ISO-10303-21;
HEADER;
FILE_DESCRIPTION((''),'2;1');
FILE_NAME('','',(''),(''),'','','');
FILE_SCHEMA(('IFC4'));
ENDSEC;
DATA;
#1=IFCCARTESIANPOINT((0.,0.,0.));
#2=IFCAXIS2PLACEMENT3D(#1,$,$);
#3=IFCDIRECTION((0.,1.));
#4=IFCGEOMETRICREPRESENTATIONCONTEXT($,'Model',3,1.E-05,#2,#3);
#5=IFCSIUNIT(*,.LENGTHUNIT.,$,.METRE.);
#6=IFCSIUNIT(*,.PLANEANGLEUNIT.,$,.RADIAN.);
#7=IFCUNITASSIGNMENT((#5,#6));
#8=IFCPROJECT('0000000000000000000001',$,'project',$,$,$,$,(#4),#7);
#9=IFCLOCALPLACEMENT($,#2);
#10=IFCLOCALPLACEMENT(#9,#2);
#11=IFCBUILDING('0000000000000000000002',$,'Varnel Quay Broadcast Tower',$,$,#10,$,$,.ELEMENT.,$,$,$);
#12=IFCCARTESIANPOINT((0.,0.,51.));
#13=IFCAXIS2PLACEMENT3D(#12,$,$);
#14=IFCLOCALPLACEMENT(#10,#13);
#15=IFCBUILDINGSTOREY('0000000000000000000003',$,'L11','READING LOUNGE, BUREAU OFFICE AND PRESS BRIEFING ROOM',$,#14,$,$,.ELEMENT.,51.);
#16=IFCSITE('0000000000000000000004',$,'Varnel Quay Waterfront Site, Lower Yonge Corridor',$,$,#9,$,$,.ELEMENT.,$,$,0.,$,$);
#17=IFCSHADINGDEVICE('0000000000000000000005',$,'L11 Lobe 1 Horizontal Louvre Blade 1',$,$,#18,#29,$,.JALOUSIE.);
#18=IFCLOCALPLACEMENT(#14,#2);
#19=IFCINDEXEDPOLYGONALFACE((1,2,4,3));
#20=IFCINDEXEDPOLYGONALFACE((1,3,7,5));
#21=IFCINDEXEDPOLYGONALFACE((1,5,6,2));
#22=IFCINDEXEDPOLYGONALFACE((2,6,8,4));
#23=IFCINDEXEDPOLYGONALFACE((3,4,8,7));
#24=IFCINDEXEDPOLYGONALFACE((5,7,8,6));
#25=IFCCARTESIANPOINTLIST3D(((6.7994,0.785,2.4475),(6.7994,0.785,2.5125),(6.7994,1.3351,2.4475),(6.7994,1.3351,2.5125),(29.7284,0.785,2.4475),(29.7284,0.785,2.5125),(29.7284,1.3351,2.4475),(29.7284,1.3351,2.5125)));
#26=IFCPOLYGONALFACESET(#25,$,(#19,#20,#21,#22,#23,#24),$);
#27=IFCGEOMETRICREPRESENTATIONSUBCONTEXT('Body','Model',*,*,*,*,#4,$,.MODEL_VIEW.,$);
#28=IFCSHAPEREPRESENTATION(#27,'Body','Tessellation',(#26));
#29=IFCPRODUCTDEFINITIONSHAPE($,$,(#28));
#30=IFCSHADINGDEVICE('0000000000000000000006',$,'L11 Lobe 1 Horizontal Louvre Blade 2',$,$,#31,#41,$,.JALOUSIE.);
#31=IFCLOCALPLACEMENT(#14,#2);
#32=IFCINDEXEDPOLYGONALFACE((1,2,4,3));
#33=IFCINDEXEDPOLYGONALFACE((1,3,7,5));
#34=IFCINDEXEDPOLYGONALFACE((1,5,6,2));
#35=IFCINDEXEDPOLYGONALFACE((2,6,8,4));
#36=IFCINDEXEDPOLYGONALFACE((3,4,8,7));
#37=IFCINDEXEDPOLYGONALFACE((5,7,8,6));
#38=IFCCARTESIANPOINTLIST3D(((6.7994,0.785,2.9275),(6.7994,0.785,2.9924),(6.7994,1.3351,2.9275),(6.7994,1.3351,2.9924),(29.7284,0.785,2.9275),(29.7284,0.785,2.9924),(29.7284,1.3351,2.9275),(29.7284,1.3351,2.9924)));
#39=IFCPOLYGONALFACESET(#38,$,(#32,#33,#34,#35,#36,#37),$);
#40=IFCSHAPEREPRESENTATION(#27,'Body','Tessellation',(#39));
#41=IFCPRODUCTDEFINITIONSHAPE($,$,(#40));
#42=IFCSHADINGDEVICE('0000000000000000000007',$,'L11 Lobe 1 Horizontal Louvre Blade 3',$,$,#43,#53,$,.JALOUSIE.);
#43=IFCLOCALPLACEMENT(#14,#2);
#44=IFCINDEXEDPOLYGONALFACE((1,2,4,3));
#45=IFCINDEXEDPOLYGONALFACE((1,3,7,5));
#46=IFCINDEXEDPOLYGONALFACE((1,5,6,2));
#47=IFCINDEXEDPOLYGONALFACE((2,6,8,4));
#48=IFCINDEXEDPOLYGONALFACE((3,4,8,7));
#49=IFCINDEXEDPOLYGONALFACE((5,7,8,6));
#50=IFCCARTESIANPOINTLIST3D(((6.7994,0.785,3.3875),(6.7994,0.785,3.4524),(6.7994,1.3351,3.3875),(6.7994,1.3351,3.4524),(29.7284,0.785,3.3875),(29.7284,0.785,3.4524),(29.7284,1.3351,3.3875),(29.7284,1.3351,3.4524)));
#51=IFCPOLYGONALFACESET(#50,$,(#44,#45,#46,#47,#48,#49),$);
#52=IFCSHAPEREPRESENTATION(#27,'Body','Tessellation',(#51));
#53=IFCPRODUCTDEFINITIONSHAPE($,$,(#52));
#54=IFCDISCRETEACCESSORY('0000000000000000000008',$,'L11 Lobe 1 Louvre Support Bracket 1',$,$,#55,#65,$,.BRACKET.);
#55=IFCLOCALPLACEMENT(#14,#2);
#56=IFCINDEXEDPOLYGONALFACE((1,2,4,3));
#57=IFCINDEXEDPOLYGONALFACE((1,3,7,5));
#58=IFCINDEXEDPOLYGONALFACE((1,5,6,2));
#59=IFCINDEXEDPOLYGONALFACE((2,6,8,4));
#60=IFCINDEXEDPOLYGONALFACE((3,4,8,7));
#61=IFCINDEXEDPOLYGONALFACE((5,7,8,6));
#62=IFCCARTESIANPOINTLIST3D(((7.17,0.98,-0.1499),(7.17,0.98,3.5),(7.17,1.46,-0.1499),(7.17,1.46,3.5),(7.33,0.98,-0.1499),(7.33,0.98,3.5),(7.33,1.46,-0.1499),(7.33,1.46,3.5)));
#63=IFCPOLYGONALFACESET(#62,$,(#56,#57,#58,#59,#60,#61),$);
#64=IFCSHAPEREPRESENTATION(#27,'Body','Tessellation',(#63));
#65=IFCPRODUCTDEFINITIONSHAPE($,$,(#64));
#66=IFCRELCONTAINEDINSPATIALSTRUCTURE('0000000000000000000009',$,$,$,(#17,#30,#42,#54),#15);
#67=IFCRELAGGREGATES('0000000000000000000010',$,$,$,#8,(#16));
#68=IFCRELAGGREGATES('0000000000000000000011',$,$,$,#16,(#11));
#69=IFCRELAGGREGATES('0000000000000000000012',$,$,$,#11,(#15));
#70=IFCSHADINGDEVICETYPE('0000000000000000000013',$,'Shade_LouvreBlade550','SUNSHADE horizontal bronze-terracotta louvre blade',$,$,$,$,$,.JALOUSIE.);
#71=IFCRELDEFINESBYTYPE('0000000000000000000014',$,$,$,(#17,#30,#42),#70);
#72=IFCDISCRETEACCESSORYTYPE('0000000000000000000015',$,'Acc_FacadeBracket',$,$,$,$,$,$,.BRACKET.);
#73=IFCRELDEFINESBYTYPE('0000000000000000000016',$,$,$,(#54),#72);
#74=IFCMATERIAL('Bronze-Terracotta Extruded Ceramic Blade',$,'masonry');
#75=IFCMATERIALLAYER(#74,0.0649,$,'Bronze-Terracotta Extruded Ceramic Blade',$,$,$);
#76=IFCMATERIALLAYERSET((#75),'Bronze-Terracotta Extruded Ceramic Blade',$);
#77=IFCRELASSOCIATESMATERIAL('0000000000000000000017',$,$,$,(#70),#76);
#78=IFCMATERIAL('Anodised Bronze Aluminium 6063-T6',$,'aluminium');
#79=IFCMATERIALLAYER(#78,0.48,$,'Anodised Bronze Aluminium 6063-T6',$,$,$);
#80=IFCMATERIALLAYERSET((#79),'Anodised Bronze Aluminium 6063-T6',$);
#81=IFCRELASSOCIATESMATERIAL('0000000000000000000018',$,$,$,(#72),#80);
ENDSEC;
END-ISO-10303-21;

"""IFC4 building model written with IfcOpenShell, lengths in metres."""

from ifc_helpers import new_model, si_unit, direction, frame, origin, origin_2d, place, context, subcontext, project, spatial, rectangle, extrude, source, transform, mapped, material, layer, layer_set, type_object, type_shapes, element, save


model = new_model("IFC4")

# Units and contexts
model_context = context("Model", 3, precision=1e-05, world=origin(), true_north=direction((0.0, 1.0)))
body_context = subcontext(model_context, "Body", "Model", "MODEL_VIEW")
ifc_project = project(units=[si_unit("LENGTHUNIT", "METRE"), si_unit("PLANEANGLEUNIT", "RADIAN")], contexts=[model_context])

# Site, building, storey
site_placement = place(None, origin())
site = spatial("IfcSite", under=ifc_project, at=site_placement, Name="Varnel Quay Waterfront Site, Lower Yonge Corridor", CompositionType="ELEMENT", RefElevation=0.0)
building_placement = place(site_placement, origin())
building = spatial("IfcBuilding", under=site, at=building_placement, Name="Varnel Quay Broadcast Tower", CompositionType="ELEMENT")
storey_placement = place(building_placement, frame((0.0, 0.0, 51.0)))
storey = spatial("IfcBuildingStorey", under=building, at=storey_placement, Name="L11", Description="READING LOUNGE, BUREAU OFFICE AND PRESS BRIEFING ROOM", CompositionType="ELEMENT", Elevation=51.0)

# Shared definitions
ifc_material_1 = material(Name="Anodised Bronze Aluminium 6063-T6", Category="aluminium")

# Shared definitions
ifc_material_2 = material(Name="Bronze-Terracotta Extruded Ceramic Blade", Category="masonry")

# Shading devices
ifc_layer_1 = layer(ifc_material_2, 0.0649, Name="Bronze-Terracotta Extruded Ceramic Blade")
ifc_layer_set_1 = layer_set([ifc_layer_1], Name="Bronze-Terracotta Extruded Ceramic Blade")
shading_device_type = type_object("IfcShadingDeviceType", Name="Shade_LouvreBlade550", Description="SUNSHADE horizontal bronze-terracotta louvre blade", PredefinedType="JALOUSIE", material=ifc_layer_set_1)
shared_shape_1 = source(origin(), body_context, "Body", "SweptSolid", [
    extrude(rectangle(XDim=22.929, YDim=0.55, at=origin_2d()), origin(), (0.0, 0.0, 1.0), 0.0649),
])
type_shapes(shading_device_type, [shared_shape_1])
for number, where, z_axis, x_axis, name in (
    (1, (18.2639, 1.0601, 2.4475), (0.0, 0.0, 1.0), (1.0, 0.0, 0.0), "L11 Lobe 1 Horizontal Louvre Blade 1"),
    (2, (18.2639, 1.0601, 2.9275), (0.0, 0.0, 1.0), (1.0, 0.0, 0.0), "L11 Lobe 1 Horizontal Louvre Blade 2"),
    (3, (18.2639, 1.0601, 3.3875), (0.0, 0.0, 1.0), (1.0, 0.0, 0.0), "L11 Lobe 1 Horizontal Louvre Blade 3"),
):
    element("IfcShadingDevice", number, at=place(storey_placement, frame(where, z_axis=z_axis, x_axis=x_axis)), inside=storey, type_object=shading_device_type, Name=name, PredefinedType="JALOUSIE", context=body_context, shape_type="MappedRepresentation", body=[
        mapped(shared_shape_1, transform((0.0, 0.0, 0.0), x_axis=(1.0, 0.0, 0.0), y_axis=(0.0, 1.0, 0.0), z_axis=(0.0, 0.0, 1.0), scale=1.0)),
    ])

# Discrete accessory
ifc_layer_2 = layer(ifc_material_1, 0.48, Name="Anodised Bronze Aluminium 6063-T6")
ifc_layer_set_2 = layer_set([ifc_layer_2], Name="Anodised Bronze Aluminium 6063-T6")
discrete_accessory_type = type_object("IfcDiscreteAccessoryType", Name="Acc_FacadeBracket", PredefinedType="BRACKET", material=ifc_layer_set_2)
shared_shape_2 = source(origin(), body_context, "Body", "SweptSolid", [
    extrude(rectangle(XDim=0.1599, YDim=0.48, at=origin_2d()), origin(), (0.0, 0.0, 1.0), 3.6499),
])
type_shapes(discrete_accessory_type, [shared_shape_2])
discrete_accessory_placement = place(storey_placement, frame((7.25, 1.22, -0.1499), z_axis=(0.0, 0.0, 1.0), x_axis=(1.0, 0.0, 0.0)))
element("IfcDiscreteAccessory", 4, at=discrete_accessory_placement, inside=storey, type_object=discrete_accessory_type, Name="L11 Lobe 1 Louvre Support Bracket 1", PredefinedType="BRACKET", context=body_context, shape_type="MappedRepresentation", body=[
    mapped(shared_shape_2, transform((0.0, 0.0, 0.0), x_axis=(1.0, 0.0, 0.0), y_axis=(0.0, 1.0, 0.0), z_axis=(0.0, 0.0, 1.0), scale=1.0)),
])

save(model, "model.ifc")
